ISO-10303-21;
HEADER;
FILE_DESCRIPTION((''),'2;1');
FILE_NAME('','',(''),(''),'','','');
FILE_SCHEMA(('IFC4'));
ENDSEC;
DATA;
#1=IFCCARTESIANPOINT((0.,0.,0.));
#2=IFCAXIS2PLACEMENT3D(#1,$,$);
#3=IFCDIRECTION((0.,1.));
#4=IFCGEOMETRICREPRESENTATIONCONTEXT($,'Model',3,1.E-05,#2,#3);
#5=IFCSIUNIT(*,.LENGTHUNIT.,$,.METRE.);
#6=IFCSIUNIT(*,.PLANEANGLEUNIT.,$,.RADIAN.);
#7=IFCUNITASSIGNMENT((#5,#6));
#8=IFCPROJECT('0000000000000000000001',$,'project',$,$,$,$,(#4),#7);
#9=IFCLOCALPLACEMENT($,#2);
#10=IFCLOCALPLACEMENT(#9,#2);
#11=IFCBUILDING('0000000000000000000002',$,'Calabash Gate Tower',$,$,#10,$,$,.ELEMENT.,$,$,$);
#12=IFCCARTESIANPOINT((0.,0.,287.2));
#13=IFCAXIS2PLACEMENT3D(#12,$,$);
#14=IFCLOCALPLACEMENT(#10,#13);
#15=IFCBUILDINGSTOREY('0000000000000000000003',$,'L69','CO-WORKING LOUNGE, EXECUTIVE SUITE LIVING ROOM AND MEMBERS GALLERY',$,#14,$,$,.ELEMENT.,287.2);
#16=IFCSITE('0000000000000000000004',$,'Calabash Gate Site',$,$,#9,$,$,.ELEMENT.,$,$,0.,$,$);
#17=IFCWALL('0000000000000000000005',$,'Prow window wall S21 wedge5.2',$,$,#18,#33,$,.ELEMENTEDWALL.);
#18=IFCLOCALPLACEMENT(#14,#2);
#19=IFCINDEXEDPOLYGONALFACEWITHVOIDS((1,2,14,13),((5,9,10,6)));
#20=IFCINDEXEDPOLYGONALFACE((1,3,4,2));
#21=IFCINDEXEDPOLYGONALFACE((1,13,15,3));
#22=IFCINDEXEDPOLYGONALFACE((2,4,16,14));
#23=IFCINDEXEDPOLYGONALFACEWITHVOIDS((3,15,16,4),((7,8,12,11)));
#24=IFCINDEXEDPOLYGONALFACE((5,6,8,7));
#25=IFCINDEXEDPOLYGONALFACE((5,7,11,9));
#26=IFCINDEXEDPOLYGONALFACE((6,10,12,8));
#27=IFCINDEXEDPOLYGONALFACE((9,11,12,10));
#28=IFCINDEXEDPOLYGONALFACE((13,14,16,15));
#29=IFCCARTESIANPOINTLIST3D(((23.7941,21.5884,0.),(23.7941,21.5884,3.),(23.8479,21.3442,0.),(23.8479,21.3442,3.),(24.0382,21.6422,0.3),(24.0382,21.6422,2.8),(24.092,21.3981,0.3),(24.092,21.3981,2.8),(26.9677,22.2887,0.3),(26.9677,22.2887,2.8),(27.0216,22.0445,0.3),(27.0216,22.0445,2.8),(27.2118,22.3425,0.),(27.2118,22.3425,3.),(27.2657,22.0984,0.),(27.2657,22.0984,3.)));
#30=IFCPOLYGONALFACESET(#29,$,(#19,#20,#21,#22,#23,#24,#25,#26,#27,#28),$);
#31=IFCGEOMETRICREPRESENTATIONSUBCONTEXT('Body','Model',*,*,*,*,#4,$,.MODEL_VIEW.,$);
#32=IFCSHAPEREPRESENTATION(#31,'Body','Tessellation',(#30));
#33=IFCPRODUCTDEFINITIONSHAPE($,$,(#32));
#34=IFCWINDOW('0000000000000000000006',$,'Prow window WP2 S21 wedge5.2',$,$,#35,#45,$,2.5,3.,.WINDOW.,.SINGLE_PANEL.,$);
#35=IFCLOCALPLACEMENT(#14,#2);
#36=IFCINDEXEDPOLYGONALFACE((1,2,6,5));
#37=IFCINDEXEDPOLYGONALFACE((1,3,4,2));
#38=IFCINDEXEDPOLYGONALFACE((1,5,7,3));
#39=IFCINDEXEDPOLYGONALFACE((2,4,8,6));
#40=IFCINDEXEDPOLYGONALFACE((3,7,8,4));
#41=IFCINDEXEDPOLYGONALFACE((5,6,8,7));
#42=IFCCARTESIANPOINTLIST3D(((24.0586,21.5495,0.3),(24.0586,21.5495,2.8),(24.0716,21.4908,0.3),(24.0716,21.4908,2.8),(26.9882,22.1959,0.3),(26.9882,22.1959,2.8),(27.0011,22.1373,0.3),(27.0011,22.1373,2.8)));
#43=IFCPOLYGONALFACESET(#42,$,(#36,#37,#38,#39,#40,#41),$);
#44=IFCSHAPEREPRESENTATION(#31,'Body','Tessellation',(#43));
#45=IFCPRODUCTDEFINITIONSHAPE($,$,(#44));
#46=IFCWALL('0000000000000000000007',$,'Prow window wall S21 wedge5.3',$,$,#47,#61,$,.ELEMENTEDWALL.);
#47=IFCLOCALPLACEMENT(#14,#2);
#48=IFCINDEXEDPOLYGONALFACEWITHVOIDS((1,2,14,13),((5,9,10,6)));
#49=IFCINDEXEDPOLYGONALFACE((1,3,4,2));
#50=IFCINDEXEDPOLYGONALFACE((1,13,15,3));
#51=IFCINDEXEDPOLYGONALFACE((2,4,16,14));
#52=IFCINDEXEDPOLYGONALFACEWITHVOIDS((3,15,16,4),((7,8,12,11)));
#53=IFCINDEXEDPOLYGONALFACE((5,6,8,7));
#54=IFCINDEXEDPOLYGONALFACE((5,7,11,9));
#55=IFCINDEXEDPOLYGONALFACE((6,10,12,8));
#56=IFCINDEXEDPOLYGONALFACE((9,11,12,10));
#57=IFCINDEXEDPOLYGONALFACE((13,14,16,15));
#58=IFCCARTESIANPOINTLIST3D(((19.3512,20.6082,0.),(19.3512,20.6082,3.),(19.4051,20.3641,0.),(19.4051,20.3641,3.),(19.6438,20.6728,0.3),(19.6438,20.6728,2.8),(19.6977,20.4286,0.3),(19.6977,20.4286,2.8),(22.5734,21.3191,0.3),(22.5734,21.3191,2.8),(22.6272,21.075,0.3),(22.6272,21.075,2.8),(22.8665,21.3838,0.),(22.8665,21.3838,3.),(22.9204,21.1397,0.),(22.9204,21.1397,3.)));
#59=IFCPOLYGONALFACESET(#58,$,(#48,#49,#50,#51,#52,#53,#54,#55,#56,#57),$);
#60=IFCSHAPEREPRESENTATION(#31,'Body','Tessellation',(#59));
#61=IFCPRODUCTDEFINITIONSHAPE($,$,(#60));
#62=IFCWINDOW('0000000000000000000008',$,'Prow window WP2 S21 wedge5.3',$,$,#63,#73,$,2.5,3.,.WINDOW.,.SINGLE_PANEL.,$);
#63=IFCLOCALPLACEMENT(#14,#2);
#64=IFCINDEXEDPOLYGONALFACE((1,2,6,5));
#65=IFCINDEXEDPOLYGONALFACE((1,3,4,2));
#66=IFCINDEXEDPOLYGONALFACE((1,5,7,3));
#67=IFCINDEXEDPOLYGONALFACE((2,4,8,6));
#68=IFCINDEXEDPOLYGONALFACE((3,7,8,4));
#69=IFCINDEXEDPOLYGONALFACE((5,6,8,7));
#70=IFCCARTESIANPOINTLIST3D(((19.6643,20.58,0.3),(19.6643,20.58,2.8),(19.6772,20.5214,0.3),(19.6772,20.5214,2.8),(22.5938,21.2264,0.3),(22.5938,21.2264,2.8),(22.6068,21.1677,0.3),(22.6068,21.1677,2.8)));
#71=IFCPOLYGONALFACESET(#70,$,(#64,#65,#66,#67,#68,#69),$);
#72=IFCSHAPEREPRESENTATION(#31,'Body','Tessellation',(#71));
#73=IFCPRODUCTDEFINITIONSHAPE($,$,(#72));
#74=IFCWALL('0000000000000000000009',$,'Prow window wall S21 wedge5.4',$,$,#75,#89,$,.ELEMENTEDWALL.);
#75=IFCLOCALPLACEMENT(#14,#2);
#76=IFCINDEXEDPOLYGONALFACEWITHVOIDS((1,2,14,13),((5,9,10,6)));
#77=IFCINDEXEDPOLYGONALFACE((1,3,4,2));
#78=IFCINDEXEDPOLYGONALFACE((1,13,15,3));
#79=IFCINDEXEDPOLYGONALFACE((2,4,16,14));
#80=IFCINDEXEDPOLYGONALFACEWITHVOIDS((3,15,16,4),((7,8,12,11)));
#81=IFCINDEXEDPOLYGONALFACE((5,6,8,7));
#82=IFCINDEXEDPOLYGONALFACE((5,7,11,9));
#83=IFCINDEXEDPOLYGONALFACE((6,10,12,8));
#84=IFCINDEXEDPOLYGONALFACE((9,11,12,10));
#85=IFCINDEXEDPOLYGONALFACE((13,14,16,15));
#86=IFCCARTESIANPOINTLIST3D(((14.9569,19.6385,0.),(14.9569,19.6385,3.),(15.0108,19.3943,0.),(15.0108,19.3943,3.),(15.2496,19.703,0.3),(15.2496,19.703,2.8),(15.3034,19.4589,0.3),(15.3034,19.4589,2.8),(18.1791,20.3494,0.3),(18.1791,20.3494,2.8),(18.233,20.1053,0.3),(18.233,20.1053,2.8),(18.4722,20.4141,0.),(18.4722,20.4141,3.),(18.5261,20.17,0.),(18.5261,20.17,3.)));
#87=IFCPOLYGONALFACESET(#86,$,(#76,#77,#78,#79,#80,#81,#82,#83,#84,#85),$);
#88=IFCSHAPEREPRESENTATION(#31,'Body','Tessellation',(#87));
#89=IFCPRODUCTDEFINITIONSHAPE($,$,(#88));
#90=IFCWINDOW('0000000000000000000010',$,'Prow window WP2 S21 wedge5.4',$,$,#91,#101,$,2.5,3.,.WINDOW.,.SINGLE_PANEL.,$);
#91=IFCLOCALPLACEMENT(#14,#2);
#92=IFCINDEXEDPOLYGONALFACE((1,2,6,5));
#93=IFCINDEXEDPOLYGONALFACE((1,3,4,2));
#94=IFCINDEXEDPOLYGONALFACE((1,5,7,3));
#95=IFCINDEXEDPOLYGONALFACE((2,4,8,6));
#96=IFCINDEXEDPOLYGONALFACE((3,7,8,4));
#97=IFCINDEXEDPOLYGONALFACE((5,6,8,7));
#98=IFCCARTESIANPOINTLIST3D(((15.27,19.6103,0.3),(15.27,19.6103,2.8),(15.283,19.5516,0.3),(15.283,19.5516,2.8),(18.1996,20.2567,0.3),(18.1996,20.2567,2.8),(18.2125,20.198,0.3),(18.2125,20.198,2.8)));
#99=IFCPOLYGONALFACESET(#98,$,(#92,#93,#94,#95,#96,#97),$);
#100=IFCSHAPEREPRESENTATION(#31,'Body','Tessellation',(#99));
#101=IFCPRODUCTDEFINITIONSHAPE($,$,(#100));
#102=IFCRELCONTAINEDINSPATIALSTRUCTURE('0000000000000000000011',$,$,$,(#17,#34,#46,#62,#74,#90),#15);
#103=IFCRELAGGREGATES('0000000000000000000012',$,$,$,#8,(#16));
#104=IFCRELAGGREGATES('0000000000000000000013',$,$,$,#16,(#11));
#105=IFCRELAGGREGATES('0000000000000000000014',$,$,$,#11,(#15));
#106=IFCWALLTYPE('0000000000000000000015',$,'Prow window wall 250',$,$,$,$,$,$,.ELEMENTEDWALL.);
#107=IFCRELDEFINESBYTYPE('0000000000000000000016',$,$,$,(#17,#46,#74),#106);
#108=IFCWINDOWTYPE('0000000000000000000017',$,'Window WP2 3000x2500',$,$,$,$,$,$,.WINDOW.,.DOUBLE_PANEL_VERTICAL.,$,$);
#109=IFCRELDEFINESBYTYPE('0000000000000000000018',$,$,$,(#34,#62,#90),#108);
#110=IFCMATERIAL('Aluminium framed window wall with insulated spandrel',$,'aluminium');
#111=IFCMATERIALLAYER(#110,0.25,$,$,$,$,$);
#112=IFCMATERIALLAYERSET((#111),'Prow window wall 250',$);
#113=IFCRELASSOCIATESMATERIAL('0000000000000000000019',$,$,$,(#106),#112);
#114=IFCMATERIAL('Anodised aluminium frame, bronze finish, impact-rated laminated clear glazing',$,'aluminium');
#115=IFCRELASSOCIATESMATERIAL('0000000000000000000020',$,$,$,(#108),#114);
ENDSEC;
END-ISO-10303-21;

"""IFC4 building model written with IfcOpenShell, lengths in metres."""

from ifc_helpers import new_model, si_unit, direction, frame, frame_2d, origin, place, context, subcontext, project, spatial, rectangle, extrude, material, layer, layer_set, type_object, element, fill, save


model = new_model("IFC4")

# Units and contexts
model_context = context("Model", 3, precision=1e-05, world=origin(), true_north=direction((0.0, 1.0)))
body_context = subcontext(model_context, "Body", "Model", "MODEL_VIEW")
ifc_project = project(units=[si_unit("LENGTHUNIT", "METRE"), si_unit("PLANEANGLEUNIT", "RADIAN")], contexts=[model_context])

# Site, building, storey
site_placement = place(None, origin())
site = spatial("IfcSite", under=ifc_project, at=site_placement, Name="Calabash Gate Site", CompositionType="ELEMENT", RefElevation=0.0)
building_placement = place(site_placement, origin())
building = spatial("IfcBuilding", under=site, at=building_placement, Name="Calabash Gate Tower", CompositionType="ELEMENT")
storey_placement = place(building_placement, frame((0.0, 0.0, 287.2)))
storey = spatial("IfcBuildingStorey", under=building, at=storey_placement, Name="L69", Description="CO-WORKING LOUNGE, EXECUTIVE SUITE LIVING ROOM AND MEMBERS GALLERY", CompositionType="ELEMENT", Elevation=287.2)

# Walls, openings, windows
ifc_material_1 = material(Name="Aluminium framed window wall with insulated spandrel", Category="aluminium")
ifc_layer_1 = layer(ifc_material_1, 0.25)
ifc_layer_set_1 = layer_set([ifc_layer_1], Name="Prow window wall 250")
wall_type_1 = type_object("IfcWallType", Name="Prow window wall 250", PredefinedType="ELEMENTEDWALL", material=ifc_layer_set_1)
ifc_material_2 = material(Name="Anodised aluminium frame, bronze finish, impact-rated laminated clear glazing", Category="aluminium")
window_type = type_object("IfcWindowType", Name="Window WP2 3000x2500", PartitioningType="DOUBLE_PANEL_VERTICAL", PredefinedType="WINDOW", material=ifc_material_2)
wall_1_placement = place(storey_placement, frame((27.2388, 22.2205, 0.0), z_axis=(0.0, 0.0, 1.0), x_axis=(-0.976509, -0.215475, 0.0)))
wall_1 = element("IfcWall", 1, at=wall_1_placement, inside=storey, type_object=wall_type_1, Name="Prow window wall S21 wedge5.2", PredefinedType="ELEMENTEDWALL", context=body_context, shape_type="SweptSolid", body=[
    extrude(rectangle(XDim=3.5, YDim=0.25, at=frame_2d((1.75, 0.0))), origin(), (0.0, 0.0, 1.0), 3.0),
])
opening_1_placement = place(wall_1_placement, frame((0.25, 0.0, 0.3)))
opening_1 = element("IfcOpeningElement", 2, at=opening_1_placement, cuts=wall_1, PredefinedType="OPENING", context=body_context, shape_type="SweptSolid", body=[
    extrude(rectangle(XDim=3.0, YDim=2.5, at=frame_2d((1.5, 1.25))), frame((0.0, 0.135, 0.0), z_axis=(0.0, -1.0, 0.0), x_axis=(1.0, 0.0, 0.0)), (0.0, 0.0, 1.0), 0.27),
])
window_1_placement = place(opening_1_placement, origin())
window_1 = element("IfcWindow", 3, at=window_1_placement, inside=storey, type_object=window_type, Name="Prow window WP2 S21 wedge5.2", OverallHeight=2.5, OverallWidth=3.0, PartitioningType="SINGLE_PANEL", PredefinedType="WINDOW", context=body_context, shape_type="SweptSolid", body=[
    extrude(rectangle(XDim=3.0, YDim=2.5, at=frame_2d((1.5, 1.25))), frame((0.0, 0.03, 0.0), z_axis=(0.0, -1.0, 0.0), x_axis=(1.0, 0.0, 0.0)), (0.0, 0.0, 1.0), 0.0601),
])
fill(opening_1, window_1)
wall_2_placement = place(storey_placement, frame((22.8933, 21.2617, 0.0), z_axis=(0.0, 0.0, 1.0), x_axis=(-0.976513, -0.215458, 0.0)))
wall_2 = element("IfcWall", 4, at=wall_2_placement, inside=storey, type_object=wall_type_1, Name="Prow window wall S21 wedge5.3", PredefinedType="ELEMENTEDWALL", context=body_context, shape_type="SweptSolid", body=[
    extrude(rectangle(XDim=3.5999, YDim=0.25, at=frame_2d((1.7998, 0.0))), origin(), (0.0, 0.0, 1.0), 3.0),
])
opening_2_placement = place(wall_2_placement, frame((0.3, 0.0, 0.3)))
opening_2 = element("IfcOpeningElement", 5, at=opening_2_placement, cuts=wall_2, PredefinedType="OPENING", context=body_context, shape_type="SweptSolid", body=[
    extrude(rectangle(XDim=3.0, YDim=2.5, at=frame_2d((1.5, 1.25))), frame((0.0, 0.135, 0.0), z_axis=(0.0, -1.0, 0.0), x_axis=(1.0, 0.0, 0.0)), (0.0, 0.0, 1.0), 0.27),
])
window_2_placement = place(opening_2_placement, origin())
window_2 = element("IfcWindow", 6, at=window_2_placement, inside=storey, type_object=window_type, Name="Prow window WP2 S21 wedge5.3", OverallHeight=2.5, OverallWidth=3.0, PartitioningType="SINGLE_PANEL", PredefinedType="WINDOW", context=body_context, shape_type="SweptSolid", body=[
    extrude(rectangle(XDim=3.0, YDim=2.5, at=frame_2d((1.5, 1.25))), frame((0.0, 0.03, 0.0), z_axis=(0.0, -1.0, 0.0), x_axis=(1.0, 0.0, 0.0)), (0.0, 0.0, 1.0), 0.0601),
])
fill(opening_2, window_2)
wall_3_placement = place(storey_placement, frame((18.499, 20.292, 0.0), z_axis=(0.0, 0.0, 1.0), x_axis=(-0.976513, -0.215458, 0.0)))
wall_3 = element("IfcWall", 7, at=wall_3_placement, inside=storey, type_object=wall_type_1, Name="Prow window wall S21 wedge5.4", PredefinedType="ELEMENTEDWALL", context=body_context, shape_type="SweptSolid", body=[
    extrude(rectangle(XDim=3.5999, YDim=0.25, at=frame_2d((1.7998, 0.0))), origin(), (0.0, 0.0, 1.0), 3.0),
])
opening_3_placement = place(wall_3_placement, frame((0.3, 0.0, 0.3)))
opening_3 = element("IfcOpeningElement", 8, at=opening_3_placement, cuts=wall_3, PredefinedType="OPENING", context=body_context, shape_type="SweptSolid", body=[
    extrude(rectangle(XDim=3.0, YDim=2.5, at=frame_2d((1.5, 1.25))), frame((0.0, 0.135, 0.0), z_axis=(0.0, -1.0, 0.0), x_axis=(1.0, 0.0, 0.0)), (0.0, 0.0, 1.0), 0.27),
])
window_3_placement = place(opening_3_placement, origin())
window_3 = element("IfcWindow", 9, at=window_3_placement, inside=storey, type_object=window_type, Name="Prow window WP2 S21 wedge5.4", OverallHeight=2.5, OverallWidth=3.0, PartitioningType="SINGLE_PANEL", PredefinedType="WINDOW", context=body_context, shape_type="SweptSolid", body=[
    extrude(rectangle(XDim=3.0, YDim=2.5, at=frame_2d((1.5, 1.25))), frame((0.0, 0.03, 0.0), z_axis=(0.0, -1.0, 0.0), x_axis=(1.0, 0.0, 0.0)), (0.0, 0.0, 1.0), 0.0601),
])
fill(opening_3, window_3)

save(model, "model.ifc")
